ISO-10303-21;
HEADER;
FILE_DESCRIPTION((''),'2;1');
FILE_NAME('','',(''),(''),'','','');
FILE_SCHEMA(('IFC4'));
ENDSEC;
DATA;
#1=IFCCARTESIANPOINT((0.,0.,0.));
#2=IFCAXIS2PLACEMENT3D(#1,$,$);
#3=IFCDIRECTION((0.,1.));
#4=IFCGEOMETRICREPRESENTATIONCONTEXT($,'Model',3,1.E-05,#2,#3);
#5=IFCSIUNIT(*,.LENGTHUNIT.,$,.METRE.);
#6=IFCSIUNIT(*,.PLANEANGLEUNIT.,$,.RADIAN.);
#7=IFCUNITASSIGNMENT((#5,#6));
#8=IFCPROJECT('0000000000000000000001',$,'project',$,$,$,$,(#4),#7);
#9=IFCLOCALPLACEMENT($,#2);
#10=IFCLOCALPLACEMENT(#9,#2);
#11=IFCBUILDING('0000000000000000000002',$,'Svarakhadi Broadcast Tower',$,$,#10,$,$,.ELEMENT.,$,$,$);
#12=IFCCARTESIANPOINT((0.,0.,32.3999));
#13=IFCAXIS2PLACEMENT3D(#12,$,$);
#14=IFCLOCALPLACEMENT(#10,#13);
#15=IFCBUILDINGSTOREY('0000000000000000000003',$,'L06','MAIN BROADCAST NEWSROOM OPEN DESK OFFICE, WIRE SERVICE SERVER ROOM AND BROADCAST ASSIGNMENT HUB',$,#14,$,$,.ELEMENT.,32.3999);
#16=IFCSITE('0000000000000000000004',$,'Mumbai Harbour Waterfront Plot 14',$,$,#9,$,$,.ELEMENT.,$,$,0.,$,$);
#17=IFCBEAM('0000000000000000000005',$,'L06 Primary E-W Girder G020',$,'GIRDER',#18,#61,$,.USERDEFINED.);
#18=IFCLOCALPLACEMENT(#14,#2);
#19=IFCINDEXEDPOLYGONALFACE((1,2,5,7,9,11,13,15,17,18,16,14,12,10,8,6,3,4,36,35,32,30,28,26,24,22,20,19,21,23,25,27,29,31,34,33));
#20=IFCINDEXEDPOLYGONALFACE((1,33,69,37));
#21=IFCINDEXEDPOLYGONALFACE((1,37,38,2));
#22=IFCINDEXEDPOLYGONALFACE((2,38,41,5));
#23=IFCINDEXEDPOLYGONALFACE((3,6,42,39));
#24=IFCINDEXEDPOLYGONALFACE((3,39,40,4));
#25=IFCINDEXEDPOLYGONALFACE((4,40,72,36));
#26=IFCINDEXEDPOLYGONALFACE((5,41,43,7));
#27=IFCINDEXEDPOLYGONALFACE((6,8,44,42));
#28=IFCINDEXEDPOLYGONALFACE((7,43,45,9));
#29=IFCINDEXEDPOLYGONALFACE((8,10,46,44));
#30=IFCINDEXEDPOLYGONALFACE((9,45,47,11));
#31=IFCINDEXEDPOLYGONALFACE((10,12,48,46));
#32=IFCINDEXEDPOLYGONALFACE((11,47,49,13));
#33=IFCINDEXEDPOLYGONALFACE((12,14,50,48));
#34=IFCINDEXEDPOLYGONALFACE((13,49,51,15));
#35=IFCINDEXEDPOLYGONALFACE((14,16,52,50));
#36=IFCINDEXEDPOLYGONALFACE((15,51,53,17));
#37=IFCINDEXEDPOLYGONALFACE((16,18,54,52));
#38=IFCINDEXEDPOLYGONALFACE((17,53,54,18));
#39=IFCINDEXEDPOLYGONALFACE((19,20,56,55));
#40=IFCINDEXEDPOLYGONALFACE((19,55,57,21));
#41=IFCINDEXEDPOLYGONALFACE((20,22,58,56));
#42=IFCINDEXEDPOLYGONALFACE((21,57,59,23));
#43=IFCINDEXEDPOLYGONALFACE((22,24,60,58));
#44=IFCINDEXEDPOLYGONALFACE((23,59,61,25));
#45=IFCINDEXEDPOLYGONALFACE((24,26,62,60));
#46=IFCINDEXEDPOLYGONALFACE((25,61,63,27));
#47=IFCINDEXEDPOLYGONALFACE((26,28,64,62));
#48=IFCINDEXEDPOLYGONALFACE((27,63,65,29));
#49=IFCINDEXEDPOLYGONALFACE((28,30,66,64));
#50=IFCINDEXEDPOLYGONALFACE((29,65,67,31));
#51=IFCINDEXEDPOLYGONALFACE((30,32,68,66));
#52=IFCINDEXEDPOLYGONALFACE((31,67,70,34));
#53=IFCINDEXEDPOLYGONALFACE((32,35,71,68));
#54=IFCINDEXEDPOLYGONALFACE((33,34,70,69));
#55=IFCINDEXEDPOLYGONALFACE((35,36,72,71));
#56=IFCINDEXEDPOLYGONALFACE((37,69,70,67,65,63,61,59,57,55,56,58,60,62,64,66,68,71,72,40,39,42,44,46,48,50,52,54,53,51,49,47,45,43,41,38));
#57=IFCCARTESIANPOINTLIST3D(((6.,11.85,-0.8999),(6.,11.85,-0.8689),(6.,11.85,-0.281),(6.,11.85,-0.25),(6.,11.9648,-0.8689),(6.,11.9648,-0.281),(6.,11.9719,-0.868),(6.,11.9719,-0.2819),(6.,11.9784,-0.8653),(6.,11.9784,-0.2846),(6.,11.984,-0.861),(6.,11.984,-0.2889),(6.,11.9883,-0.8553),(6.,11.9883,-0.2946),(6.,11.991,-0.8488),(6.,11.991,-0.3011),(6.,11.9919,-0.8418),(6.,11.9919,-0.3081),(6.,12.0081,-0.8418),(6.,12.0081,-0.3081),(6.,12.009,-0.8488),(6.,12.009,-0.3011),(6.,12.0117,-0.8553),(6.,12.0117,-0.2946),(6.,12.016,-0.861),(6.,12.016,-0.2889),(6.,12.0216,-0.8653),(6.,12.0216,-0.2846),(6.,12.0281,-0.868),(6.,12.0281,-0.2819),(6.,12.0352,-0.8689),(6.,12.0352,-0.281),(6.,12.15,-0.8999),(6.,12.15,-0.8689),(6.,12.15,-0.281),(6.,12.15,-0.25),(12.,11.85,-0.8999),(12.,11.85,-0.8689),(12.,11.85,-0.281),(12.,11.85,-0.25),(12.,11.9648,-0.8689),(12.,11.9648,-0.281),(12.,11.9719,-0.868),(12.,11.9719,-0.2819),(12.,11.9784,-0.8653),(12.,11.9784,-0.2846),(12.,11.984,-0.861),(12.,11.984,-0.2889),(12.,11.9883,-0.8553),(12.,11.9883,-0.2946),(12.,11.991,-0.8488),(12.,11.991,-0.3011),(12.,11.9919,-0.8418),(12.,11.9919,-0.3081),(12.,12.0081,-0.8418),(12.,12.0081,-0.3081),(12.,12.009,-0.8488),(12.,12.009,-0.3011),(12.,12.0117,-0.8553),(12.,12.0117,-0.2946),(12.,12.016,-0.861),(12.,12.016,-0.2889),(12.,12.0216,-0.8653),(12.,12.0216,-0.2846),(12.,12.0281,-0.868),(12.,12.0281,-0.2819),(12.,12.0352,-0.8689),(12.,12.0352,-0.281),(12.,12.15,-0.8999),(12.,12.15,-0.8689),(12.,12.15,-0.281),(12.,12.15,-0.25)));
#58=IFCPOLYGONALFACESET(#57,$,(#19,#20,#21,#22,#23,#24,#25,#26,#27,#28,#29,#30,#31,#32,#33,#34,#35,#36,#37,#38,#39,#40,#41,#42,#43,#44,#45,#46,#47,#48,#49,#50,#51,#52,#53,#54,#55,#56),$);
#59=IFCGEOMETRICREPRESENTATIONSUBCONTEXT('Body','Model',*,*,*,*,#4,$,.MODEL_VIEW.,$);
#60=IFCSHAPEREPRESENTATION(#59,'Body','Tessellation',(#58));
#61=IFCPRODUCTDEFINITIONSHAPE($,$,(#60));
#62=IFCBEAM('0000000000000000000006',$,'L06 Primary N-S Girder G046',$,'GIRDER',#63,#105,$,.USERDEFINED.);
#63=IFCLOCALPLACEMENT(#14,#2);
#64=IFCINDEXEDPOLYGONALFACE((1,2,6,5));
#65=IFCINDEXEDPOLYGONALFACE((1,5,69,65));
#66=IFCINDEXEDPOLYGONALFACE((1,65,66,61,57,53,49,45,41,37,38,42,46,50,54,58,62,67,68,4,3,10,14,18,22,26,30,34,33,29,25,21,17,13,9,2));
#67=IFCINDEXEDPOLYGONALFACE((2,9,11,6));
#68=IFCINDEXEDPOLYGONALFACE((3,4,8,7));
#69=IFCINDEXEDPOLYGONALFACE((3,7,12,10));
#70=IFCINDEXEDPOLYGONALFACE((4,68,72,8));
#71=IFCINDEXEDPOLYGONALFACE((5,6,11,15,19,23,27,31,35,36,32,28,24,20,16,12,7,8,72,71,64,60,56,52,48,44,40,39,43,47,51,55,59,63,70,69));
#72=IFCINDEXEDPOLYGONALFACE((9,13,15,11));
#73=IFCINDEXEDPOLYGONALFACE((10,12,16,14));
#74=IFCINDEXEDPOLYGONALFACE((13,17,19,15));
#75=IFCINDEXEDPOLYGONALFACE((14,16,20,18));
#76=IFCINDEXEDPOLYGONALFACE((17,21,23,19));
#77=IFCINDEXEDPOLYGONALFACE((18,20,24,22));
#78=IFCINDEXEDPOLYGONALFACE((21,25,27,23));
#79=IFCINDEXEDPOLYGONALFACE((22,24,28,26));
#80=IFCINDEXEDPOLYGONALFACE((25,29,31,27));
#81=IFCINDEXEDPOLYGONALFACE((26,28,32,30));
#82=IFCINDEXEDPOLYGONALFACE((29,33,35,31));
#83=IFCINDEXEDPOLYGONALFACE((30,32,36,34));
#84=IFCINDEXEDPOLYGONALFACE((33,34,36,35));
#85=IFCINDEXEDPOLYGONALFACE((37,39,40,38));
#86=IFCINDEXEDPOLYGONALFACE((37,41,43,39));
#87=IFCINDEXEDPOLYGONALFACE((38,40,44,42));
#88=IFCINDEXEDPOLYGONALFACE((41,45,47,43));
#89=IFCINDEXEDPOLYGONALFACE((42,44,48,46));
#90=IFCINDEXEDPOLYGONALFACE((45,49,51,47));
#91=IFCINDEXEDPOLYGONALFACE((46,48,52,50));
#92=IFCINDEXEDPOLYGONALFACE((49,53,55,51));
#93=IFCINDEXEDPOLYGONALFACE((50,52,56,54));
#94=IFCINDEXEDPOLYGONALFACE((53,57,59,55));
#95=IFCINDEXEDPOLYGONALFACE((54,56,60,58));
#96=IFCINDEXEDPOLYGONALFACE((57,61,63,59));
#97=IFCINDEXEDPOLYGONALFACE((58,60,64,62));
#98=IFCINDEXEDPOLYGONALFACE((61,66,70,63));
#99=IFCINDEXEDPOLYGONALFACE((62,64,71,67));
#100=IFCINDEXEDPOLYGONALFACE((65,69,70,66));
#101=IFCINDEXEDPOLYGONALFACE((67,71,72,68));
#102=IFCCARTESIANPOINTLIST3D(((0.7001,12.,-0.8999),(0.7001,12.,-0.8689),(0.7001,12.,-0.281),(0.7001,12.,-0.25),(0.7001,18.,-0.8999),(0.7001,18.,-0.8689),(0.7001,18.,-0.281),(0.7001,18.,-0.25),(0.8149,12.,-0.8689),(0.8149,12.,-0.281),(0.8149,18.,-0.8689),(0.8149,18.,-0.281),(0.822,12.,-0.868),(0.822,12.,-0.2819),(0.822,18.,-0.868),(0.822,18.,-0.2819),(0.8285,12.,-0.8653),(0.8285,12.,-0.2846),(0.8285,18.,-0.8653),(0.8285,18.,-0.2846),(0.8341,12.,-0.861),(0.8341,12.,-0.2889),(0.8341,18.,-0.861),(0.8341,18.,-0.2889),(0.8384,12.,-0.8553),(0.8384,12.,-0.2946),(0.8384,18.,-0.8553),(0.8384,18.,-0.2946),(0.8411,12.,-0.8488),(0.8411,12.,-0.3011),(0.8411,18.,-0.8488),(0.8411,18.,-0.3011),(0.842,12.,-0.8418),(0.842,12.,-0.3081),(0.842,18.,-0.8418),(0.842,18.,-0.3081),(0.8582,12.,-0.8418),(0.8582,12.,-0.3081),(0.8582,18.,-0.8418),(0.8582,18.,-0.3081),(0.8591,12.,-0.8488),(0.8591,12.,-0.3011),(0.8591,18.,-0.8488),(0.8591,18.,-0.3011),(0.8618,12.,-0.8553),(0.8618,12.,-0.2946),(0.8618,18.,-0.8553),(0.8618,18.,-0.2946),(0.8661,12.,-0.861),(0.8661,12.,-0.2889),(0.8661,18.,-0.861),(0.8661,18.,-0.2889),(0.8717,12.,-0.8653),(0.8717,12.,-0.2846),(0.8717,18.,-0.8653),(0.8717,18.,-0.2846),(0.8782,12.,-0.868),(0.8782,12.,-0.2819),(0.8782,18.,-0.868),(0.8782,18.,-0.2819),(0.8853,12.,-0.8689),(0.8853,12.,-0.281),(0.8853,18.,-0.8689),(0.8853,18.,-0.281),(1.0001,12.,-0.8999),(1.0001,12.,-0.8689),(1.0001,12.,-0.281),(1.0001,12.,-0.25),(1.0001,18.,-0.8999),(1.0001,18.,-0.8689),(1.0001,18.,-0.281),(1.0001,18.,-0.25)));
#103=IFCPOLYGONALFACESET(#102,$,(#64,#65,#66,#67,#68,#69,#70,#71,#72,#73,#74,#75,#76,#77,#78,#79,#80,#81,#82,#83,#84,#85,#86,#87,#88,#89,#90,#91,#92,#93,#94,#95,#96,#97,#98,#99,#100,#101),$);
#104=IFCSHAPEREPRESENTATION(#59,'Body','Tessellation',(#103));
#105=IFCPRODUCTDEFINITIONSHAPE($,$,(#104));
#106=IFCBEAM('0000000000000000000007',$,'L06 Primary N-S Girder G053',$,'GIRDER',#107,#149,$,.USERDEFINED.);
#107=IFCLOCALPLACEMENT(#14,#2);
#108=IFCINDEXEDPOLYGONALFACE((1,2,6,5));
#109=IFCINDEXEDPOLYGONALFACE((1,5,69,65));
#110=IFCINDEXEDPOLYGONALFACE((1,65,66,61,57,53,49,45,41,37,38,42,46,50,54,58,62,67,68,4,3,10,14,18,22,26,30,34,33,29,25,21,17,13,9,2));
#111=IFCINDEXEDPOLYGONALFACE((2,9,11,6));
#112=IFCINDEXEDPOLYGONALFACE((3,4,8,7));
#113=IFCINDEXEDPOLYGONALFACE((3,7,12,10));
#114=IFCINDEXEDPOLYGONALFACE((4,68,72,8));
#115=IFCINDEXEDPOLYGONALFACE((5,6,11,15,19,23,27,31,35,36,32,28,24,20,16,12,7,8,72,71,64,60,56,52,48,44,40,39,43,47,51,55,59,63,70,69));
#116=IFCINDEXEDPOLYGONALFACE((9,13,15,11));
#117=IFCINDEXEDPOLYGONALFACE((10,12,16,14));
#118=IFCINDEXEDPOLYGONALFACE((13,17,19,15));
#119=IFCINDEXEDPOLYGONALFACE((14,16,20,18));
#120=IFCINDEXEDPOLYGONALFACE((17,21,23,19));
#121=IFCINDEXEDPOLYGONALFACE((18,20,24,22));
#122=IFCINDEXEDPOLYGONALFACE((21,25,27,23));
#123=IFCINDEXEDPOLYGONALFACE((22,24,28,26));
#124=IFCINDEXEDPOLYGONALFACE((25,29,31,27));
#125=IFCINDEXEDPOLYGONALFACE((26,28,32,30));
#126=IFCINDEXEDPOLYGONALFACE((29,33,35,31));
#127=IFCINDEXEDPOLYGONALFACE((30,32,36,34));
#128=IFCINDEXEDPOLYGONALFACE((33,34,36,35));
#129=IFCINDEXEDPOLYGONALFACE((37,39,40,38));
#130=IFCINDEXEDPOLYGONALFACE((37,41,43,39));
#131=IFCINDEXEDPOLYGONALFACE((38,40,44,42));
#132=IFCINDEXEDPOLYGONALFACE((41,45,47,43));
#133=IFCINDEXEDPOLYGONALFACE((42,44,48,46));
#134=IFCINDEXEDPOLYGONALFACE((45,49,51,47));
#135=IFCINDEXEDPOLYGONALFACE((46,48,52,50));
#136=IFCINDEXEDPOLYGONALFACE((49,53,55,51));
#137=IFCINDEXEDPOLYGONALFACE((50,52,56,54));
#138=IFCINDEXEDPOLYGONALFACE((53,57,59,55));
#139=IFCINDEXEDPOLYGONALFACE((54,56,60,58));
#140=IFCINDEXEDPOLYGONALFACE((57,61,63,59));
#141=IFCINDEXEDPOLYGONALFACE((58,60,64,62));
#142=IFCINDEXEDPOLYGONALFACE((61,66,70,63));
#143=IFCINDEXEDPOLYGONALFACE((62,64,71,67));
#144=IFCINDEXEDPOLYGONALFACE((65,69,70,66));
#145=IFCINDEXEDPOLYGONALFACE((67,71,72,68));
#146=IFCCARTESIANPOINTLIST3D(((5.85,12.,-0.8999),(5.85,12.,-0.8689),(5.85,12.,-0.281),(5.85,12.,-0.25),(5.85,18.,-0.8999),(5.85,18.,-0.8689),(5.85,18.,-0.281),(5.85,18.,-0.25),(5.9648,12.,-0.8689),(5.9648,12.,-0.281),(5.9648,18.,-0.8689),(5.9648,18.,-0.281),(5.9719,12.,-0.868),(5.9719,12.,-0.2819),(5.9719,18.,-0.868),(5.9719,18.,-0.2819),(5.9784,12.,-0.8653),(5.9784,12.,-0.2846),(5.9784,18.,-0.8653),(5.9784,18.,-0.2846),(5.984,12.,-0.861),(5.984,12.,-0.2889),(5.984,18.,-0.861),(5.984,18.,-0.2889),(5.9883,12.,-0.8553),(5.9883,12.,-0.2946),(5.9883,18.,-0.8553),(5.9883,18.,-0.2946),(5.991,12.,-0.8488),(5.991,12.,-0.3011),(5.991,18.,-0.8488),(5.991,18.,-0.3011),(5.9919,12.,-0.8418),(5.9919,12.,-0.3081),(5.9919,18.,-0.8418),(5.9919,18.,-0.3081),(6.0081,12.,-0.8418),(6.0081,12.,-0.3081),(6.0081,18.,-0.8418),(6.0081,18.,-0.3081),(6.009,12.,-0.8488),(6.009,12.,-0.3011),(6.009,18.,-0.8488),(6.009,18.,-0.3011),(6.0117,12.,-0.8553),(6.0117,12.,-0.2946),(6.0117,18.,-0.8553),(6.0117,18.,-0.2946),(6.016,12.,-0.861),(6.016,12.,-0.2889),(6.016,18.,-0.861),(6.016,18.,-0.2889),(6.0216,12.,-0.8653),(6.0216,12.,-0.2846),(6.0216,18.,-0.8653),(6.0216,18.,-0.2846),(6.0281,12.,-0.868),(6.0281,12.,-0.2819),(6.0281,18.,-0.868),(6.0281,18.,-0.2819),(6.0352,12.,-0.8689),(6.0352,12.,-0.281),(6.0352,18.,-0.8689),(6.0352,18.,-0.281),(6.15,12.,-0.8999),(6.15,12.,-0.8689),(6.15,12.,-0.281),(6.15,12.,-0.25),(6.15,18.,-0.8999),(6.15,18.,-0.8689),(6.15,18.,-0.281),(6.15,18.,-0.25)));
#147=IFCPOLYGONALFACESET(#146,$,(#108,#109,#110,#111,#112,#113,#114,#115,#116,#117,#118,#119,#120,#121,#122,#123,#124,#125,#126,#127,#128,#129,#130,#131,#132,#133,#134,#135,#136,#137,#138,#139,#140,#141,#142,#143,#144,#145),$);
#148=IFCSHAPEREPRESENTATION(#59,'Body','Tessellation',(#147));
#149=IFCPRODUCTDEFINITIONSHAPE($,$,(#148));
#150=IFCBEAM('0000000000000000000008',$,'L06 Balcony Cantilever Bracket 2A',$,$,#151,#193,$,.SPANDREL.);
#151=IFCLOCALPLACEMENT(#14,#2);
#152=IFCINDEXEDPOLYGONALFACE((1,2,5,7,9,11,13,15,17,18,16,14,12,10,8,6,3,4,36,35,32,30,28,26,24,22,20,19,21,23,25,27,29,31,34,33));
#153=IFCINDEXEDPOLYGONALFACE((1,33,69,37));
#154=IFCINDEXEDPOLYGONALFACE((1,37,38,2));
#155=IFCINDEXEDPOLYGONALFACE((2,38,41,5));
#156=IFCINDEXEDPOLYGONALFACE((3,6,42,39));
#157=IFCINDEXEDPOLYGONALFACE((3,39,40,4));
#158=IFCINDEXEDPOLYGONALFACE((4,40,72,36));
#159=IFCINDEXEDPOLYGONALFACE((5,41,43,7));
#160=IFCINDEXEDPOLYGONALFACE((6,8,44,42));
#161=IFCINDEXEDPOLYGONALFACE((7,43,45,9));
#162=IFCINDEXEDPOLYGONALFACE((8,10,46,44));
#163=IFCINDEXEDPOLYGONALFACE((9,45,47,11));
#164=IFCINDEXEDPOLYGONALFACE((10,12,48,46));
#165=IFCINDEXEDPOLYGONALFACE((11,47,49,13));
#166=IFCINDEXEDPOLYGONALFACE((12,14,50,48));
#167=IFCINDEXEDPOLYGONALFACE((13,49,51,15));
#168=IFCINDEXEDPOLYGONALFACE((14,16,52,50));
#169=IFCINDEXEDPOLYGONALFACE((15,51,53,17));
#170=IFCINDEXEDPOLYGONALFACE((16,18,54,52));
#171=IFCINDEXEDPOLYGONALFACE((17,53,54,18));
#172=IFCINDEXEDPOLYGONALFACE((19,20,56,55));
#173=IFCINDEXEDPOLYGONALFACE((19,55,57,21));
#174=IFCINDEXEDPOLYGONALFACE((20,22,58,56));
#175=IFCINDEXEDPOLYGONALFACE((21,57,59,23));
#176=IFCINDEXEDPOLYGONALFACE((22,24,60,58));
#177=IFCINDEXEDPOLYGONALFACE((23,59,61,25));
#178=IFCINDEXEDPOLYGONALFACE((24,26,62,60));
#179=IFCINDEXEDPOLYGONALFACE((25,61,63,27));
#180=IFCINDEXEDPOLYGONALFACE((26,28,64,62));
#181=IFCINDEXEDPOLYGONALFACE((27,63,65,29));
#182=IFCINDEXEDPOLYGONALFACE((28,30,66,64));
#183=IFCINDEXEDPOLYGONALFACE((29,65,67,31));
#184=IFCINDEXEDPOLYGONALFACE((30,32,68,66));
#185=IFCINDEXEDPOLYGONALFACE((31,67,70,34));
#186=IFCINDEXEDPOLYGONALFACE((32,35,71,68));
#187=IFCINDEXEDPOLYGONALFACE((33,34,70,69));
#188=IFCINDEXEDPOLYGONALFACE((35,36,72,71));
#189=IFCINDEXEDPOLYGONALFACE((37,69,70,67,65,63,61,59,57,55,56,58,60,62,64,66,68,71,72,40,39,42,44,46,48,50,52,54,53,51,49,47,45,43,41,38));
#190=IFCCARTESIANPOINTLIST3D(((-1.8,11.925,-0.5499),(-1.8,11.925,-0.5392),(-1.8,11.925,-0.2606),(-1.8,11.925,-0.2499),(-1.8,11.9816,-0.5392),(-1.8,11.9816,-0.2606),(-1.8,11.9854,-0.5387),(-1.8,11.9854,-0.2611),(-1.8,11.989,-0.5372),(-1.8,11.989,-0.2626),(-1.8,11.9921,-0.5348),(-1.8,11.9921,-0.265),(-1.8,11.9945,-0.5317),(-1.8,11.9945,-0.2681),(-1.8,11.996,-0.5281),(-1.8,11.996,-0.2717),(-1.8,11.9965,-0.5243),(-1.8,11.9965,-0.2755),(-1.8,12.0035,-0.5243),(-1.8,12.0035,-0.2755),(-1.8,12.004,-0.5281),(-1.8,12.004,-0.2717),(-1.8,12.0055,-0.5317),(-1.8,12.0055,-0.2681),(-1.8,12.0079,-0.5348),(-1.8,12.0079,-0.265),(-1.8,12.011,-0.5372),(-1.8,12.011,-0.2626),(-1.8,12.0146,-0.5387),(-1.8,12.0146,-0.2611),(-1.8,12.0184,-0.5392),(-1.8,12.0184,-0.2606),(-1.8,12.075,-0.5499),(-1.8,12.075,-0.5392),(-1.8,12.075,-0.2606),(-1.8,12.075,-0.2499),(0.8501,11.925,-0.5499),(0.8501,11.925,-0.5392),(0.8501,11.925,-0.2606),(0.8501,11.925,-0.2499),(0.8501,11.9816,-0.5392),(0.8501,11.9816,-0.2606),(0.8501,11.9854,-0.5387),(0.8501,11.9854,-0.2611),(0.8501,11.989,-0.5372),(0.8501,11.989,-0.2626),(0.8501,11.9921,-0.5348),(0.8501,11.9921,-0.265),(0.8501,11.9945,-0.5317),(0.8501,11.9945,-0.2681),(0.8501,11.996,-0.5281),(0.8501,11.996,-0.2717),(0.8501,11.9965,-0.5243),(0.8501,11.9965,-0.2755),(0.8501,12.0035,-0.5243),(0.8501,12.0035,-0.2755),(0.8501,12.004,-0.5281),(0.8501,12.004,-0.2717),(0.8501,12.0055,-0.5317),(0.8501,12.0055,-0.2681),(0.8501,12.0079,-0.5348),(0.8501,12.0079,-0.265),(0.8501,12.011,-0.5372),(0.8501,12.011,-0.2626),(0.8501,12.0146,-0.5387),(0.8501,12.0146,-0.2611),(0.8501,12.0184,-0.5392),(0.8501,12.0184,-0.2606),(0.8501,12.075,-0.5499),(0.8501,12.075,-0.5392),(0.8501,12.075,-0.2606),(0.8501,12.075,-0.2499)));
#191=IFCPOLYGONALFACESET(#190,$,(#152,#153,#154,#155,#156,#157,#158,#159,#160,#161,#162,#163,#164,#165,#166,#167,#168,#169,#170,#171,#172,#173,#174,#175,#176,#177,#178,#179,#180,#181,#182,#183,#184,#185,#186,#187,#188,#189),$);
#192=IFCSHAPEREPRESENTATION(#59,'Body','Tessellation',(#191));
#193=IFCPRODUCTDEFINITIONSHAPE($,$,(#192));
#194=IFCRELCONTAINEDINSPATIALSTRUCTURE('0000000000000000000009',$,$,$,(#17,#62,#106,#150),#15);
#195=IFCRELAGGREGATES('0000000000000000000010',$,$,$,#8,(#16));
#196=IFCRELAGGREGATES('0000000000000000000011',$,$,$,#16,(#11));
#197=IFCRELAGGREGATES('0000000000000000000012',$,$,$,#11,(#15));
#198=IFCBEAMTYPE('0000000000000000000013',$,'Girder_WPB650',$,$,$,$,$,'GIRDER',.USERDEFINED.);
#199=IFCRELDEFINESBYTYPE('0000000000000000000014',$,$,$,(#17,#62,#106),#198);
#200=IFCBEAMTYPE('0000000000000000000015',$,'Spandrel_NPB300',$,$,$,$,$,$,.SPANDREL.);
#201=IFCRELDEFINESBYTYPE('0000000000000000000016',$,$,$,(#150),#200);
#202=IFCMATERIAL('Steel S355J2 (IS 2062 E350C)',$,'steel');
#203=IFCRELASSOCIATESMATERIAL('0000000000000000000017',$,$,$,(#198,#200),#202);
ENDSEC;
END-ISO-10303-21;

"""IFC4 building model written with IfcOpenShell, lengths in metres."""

from ifc_helpers import new_model, si_unit, direction, frame, origin, origin_2d, place, context, subcontext, project, spatial, i_section, extrude, material, material_profile, profile_set, type_object, element, save


model = new_model("IFC4")

# Units and contexts
model_context = context("Model", 3, precision=1e-05, world=origin(), true_north=direction((0.0, 1.0)))
body_context = subcontext(model_context, "Body", "Model", "MODEL_VIEW")
ifc_project = project(units=[si_unit("LENGTHUNIT", "METRE"), si_unit("PLANEANGLEUNIT", "RADIAN")], contexts=[model_context])

# Site, building, storey
site_placement = place(None, origin())
site = spatial("IfcSite", under=ifc_project, at=site_placement, Name="Mumbai Harbour Waterfront Plot 14", CompositionType="ELEMENT", RefElevation=0.0)
building_placement = place(site_placement, origin())
building = spatial("IfcBuilding", under=site, at=building_placement, Name="Svarakhadi Broadcast Tower", CompositionType="ELEMENT")
storey_placement = place(building_placement, frame((0.0, 0.0, 32.3999)))
storey = spatial("IfcBuildingStorey", under=building, at=storey_placement, Name="L06", Description="MAIN BROADCAST NEWSROOM OPEN DESK OFFICE, WIRE SERVICE SERVER ROOM AND BROADCAST ASSIGNMENT HUB", CompositionType="ELEMENT", Elevation=32.3999)

# Shared definitions
ifc_material_1 = material(Name="Steel S355J2 (IS 2062 E350C)", Category="steel")

# Beams
ifc_material_profile_1 = material_profile(ifc_material_1, i_section(OverallWidth=0.3, OverallDepth=0.6499, WebThickness=0.0161, FlangeThickness=0.031, FilletRadius=0.0271, at=origin_2d()), Name="WPB 650x300x225")
ifc_profile_set_1 = profile_set([ifc_material_profile_1], Name="Steel S355J2 (IS 2062 E350C)")
beam_type_1 = type_object("IfcBeamType", Name="Girder_WPB650", ElementType="GIRDER", PredefinedType="USERDEFINED", material=ifc_profile_set_1)
for number, where, z_axis, x_axis, name in (
    (1, (6.0, 12.0, -0.575), (1.0, 0.0, 0.0), (0.0, 1.0, 0.0), "L06 Primary E-W Girder G020"),
    (2, (0.8501, 12.0, -0.575), (0.0, 1.0, 0.0), (-1.0, 0.0, 0.0), "L06 Primary N-S Girder G046"),
    (3, (6.0, 12.0, -0.575), (0.0, 1.0, 0.0), (-1.0, 0.0, 0.0), "L06 Primary N-S Girder G053"),
):
    element("IfcBeam", number, at=place(storey_placement, frame(where, z_axis=z_axis, x_axis=x_axis)), inside=storey, type_object=beam_type_1, Name=name, ObjectType="GIRDER", PredefinedType="USERDEFINED", context=body_context, shape_type="SweptSolid", body=[
        extrude(i_section(OverallWidth=0.3, OverallDepth=0.6499, WebThickness=0.0161, FlangeThickness=0.031, FilletRadius=0.0271, at=origin_2d()), origin(), (0.0, 0.0, 1.0), 6.0),
    ])
ifc_material_profile_2 = material_profile(ifc_material_1, i_section(OverallWidth=0.1499, OverallDepth=0.3, WebThickness=0.0071, FlangeThickness=0.0107, FilletRadius=0.0149, at=origin_2d()), Name="NPB 300x150x37")
ifc_profile_set_2 = profile_set([ifc_material_profile_2], Name="Steel S355J2 (IS 2062 E350C)")
beam_type_2 = type_object("IfcBeamType", Name="Spandrel_NPB300", PredefinedType="SPANDREL", material=ifc_profile_set_2)
beam_1_placement = place(storey_placement, frame((0.8501, 12.0, -0.3999), z_axis=(-1.0, 0.0, 0.0), x_axis=(0.0, -1.0, 0.0)))
element("IfcBeam", 4, at=beam_1_placement, inside=storey, type_object=beam_type_2, Name="L06 Balcony Cantilever Bracket 2A", PredefinedType="SPANDREL", context=body_context, shape_type="SweptSolid", body=[
    extrude(i_section(OverallWidth=0.1499, OverallDepth=0.3, WebThickness=0.0071, FlangeThickness=0.0107, FilletRadius=0.0149, at=origin_2d()), origin(), (0.0, 0.0, 1.0), 2.6501),
])

save(model, "model.ifc")
